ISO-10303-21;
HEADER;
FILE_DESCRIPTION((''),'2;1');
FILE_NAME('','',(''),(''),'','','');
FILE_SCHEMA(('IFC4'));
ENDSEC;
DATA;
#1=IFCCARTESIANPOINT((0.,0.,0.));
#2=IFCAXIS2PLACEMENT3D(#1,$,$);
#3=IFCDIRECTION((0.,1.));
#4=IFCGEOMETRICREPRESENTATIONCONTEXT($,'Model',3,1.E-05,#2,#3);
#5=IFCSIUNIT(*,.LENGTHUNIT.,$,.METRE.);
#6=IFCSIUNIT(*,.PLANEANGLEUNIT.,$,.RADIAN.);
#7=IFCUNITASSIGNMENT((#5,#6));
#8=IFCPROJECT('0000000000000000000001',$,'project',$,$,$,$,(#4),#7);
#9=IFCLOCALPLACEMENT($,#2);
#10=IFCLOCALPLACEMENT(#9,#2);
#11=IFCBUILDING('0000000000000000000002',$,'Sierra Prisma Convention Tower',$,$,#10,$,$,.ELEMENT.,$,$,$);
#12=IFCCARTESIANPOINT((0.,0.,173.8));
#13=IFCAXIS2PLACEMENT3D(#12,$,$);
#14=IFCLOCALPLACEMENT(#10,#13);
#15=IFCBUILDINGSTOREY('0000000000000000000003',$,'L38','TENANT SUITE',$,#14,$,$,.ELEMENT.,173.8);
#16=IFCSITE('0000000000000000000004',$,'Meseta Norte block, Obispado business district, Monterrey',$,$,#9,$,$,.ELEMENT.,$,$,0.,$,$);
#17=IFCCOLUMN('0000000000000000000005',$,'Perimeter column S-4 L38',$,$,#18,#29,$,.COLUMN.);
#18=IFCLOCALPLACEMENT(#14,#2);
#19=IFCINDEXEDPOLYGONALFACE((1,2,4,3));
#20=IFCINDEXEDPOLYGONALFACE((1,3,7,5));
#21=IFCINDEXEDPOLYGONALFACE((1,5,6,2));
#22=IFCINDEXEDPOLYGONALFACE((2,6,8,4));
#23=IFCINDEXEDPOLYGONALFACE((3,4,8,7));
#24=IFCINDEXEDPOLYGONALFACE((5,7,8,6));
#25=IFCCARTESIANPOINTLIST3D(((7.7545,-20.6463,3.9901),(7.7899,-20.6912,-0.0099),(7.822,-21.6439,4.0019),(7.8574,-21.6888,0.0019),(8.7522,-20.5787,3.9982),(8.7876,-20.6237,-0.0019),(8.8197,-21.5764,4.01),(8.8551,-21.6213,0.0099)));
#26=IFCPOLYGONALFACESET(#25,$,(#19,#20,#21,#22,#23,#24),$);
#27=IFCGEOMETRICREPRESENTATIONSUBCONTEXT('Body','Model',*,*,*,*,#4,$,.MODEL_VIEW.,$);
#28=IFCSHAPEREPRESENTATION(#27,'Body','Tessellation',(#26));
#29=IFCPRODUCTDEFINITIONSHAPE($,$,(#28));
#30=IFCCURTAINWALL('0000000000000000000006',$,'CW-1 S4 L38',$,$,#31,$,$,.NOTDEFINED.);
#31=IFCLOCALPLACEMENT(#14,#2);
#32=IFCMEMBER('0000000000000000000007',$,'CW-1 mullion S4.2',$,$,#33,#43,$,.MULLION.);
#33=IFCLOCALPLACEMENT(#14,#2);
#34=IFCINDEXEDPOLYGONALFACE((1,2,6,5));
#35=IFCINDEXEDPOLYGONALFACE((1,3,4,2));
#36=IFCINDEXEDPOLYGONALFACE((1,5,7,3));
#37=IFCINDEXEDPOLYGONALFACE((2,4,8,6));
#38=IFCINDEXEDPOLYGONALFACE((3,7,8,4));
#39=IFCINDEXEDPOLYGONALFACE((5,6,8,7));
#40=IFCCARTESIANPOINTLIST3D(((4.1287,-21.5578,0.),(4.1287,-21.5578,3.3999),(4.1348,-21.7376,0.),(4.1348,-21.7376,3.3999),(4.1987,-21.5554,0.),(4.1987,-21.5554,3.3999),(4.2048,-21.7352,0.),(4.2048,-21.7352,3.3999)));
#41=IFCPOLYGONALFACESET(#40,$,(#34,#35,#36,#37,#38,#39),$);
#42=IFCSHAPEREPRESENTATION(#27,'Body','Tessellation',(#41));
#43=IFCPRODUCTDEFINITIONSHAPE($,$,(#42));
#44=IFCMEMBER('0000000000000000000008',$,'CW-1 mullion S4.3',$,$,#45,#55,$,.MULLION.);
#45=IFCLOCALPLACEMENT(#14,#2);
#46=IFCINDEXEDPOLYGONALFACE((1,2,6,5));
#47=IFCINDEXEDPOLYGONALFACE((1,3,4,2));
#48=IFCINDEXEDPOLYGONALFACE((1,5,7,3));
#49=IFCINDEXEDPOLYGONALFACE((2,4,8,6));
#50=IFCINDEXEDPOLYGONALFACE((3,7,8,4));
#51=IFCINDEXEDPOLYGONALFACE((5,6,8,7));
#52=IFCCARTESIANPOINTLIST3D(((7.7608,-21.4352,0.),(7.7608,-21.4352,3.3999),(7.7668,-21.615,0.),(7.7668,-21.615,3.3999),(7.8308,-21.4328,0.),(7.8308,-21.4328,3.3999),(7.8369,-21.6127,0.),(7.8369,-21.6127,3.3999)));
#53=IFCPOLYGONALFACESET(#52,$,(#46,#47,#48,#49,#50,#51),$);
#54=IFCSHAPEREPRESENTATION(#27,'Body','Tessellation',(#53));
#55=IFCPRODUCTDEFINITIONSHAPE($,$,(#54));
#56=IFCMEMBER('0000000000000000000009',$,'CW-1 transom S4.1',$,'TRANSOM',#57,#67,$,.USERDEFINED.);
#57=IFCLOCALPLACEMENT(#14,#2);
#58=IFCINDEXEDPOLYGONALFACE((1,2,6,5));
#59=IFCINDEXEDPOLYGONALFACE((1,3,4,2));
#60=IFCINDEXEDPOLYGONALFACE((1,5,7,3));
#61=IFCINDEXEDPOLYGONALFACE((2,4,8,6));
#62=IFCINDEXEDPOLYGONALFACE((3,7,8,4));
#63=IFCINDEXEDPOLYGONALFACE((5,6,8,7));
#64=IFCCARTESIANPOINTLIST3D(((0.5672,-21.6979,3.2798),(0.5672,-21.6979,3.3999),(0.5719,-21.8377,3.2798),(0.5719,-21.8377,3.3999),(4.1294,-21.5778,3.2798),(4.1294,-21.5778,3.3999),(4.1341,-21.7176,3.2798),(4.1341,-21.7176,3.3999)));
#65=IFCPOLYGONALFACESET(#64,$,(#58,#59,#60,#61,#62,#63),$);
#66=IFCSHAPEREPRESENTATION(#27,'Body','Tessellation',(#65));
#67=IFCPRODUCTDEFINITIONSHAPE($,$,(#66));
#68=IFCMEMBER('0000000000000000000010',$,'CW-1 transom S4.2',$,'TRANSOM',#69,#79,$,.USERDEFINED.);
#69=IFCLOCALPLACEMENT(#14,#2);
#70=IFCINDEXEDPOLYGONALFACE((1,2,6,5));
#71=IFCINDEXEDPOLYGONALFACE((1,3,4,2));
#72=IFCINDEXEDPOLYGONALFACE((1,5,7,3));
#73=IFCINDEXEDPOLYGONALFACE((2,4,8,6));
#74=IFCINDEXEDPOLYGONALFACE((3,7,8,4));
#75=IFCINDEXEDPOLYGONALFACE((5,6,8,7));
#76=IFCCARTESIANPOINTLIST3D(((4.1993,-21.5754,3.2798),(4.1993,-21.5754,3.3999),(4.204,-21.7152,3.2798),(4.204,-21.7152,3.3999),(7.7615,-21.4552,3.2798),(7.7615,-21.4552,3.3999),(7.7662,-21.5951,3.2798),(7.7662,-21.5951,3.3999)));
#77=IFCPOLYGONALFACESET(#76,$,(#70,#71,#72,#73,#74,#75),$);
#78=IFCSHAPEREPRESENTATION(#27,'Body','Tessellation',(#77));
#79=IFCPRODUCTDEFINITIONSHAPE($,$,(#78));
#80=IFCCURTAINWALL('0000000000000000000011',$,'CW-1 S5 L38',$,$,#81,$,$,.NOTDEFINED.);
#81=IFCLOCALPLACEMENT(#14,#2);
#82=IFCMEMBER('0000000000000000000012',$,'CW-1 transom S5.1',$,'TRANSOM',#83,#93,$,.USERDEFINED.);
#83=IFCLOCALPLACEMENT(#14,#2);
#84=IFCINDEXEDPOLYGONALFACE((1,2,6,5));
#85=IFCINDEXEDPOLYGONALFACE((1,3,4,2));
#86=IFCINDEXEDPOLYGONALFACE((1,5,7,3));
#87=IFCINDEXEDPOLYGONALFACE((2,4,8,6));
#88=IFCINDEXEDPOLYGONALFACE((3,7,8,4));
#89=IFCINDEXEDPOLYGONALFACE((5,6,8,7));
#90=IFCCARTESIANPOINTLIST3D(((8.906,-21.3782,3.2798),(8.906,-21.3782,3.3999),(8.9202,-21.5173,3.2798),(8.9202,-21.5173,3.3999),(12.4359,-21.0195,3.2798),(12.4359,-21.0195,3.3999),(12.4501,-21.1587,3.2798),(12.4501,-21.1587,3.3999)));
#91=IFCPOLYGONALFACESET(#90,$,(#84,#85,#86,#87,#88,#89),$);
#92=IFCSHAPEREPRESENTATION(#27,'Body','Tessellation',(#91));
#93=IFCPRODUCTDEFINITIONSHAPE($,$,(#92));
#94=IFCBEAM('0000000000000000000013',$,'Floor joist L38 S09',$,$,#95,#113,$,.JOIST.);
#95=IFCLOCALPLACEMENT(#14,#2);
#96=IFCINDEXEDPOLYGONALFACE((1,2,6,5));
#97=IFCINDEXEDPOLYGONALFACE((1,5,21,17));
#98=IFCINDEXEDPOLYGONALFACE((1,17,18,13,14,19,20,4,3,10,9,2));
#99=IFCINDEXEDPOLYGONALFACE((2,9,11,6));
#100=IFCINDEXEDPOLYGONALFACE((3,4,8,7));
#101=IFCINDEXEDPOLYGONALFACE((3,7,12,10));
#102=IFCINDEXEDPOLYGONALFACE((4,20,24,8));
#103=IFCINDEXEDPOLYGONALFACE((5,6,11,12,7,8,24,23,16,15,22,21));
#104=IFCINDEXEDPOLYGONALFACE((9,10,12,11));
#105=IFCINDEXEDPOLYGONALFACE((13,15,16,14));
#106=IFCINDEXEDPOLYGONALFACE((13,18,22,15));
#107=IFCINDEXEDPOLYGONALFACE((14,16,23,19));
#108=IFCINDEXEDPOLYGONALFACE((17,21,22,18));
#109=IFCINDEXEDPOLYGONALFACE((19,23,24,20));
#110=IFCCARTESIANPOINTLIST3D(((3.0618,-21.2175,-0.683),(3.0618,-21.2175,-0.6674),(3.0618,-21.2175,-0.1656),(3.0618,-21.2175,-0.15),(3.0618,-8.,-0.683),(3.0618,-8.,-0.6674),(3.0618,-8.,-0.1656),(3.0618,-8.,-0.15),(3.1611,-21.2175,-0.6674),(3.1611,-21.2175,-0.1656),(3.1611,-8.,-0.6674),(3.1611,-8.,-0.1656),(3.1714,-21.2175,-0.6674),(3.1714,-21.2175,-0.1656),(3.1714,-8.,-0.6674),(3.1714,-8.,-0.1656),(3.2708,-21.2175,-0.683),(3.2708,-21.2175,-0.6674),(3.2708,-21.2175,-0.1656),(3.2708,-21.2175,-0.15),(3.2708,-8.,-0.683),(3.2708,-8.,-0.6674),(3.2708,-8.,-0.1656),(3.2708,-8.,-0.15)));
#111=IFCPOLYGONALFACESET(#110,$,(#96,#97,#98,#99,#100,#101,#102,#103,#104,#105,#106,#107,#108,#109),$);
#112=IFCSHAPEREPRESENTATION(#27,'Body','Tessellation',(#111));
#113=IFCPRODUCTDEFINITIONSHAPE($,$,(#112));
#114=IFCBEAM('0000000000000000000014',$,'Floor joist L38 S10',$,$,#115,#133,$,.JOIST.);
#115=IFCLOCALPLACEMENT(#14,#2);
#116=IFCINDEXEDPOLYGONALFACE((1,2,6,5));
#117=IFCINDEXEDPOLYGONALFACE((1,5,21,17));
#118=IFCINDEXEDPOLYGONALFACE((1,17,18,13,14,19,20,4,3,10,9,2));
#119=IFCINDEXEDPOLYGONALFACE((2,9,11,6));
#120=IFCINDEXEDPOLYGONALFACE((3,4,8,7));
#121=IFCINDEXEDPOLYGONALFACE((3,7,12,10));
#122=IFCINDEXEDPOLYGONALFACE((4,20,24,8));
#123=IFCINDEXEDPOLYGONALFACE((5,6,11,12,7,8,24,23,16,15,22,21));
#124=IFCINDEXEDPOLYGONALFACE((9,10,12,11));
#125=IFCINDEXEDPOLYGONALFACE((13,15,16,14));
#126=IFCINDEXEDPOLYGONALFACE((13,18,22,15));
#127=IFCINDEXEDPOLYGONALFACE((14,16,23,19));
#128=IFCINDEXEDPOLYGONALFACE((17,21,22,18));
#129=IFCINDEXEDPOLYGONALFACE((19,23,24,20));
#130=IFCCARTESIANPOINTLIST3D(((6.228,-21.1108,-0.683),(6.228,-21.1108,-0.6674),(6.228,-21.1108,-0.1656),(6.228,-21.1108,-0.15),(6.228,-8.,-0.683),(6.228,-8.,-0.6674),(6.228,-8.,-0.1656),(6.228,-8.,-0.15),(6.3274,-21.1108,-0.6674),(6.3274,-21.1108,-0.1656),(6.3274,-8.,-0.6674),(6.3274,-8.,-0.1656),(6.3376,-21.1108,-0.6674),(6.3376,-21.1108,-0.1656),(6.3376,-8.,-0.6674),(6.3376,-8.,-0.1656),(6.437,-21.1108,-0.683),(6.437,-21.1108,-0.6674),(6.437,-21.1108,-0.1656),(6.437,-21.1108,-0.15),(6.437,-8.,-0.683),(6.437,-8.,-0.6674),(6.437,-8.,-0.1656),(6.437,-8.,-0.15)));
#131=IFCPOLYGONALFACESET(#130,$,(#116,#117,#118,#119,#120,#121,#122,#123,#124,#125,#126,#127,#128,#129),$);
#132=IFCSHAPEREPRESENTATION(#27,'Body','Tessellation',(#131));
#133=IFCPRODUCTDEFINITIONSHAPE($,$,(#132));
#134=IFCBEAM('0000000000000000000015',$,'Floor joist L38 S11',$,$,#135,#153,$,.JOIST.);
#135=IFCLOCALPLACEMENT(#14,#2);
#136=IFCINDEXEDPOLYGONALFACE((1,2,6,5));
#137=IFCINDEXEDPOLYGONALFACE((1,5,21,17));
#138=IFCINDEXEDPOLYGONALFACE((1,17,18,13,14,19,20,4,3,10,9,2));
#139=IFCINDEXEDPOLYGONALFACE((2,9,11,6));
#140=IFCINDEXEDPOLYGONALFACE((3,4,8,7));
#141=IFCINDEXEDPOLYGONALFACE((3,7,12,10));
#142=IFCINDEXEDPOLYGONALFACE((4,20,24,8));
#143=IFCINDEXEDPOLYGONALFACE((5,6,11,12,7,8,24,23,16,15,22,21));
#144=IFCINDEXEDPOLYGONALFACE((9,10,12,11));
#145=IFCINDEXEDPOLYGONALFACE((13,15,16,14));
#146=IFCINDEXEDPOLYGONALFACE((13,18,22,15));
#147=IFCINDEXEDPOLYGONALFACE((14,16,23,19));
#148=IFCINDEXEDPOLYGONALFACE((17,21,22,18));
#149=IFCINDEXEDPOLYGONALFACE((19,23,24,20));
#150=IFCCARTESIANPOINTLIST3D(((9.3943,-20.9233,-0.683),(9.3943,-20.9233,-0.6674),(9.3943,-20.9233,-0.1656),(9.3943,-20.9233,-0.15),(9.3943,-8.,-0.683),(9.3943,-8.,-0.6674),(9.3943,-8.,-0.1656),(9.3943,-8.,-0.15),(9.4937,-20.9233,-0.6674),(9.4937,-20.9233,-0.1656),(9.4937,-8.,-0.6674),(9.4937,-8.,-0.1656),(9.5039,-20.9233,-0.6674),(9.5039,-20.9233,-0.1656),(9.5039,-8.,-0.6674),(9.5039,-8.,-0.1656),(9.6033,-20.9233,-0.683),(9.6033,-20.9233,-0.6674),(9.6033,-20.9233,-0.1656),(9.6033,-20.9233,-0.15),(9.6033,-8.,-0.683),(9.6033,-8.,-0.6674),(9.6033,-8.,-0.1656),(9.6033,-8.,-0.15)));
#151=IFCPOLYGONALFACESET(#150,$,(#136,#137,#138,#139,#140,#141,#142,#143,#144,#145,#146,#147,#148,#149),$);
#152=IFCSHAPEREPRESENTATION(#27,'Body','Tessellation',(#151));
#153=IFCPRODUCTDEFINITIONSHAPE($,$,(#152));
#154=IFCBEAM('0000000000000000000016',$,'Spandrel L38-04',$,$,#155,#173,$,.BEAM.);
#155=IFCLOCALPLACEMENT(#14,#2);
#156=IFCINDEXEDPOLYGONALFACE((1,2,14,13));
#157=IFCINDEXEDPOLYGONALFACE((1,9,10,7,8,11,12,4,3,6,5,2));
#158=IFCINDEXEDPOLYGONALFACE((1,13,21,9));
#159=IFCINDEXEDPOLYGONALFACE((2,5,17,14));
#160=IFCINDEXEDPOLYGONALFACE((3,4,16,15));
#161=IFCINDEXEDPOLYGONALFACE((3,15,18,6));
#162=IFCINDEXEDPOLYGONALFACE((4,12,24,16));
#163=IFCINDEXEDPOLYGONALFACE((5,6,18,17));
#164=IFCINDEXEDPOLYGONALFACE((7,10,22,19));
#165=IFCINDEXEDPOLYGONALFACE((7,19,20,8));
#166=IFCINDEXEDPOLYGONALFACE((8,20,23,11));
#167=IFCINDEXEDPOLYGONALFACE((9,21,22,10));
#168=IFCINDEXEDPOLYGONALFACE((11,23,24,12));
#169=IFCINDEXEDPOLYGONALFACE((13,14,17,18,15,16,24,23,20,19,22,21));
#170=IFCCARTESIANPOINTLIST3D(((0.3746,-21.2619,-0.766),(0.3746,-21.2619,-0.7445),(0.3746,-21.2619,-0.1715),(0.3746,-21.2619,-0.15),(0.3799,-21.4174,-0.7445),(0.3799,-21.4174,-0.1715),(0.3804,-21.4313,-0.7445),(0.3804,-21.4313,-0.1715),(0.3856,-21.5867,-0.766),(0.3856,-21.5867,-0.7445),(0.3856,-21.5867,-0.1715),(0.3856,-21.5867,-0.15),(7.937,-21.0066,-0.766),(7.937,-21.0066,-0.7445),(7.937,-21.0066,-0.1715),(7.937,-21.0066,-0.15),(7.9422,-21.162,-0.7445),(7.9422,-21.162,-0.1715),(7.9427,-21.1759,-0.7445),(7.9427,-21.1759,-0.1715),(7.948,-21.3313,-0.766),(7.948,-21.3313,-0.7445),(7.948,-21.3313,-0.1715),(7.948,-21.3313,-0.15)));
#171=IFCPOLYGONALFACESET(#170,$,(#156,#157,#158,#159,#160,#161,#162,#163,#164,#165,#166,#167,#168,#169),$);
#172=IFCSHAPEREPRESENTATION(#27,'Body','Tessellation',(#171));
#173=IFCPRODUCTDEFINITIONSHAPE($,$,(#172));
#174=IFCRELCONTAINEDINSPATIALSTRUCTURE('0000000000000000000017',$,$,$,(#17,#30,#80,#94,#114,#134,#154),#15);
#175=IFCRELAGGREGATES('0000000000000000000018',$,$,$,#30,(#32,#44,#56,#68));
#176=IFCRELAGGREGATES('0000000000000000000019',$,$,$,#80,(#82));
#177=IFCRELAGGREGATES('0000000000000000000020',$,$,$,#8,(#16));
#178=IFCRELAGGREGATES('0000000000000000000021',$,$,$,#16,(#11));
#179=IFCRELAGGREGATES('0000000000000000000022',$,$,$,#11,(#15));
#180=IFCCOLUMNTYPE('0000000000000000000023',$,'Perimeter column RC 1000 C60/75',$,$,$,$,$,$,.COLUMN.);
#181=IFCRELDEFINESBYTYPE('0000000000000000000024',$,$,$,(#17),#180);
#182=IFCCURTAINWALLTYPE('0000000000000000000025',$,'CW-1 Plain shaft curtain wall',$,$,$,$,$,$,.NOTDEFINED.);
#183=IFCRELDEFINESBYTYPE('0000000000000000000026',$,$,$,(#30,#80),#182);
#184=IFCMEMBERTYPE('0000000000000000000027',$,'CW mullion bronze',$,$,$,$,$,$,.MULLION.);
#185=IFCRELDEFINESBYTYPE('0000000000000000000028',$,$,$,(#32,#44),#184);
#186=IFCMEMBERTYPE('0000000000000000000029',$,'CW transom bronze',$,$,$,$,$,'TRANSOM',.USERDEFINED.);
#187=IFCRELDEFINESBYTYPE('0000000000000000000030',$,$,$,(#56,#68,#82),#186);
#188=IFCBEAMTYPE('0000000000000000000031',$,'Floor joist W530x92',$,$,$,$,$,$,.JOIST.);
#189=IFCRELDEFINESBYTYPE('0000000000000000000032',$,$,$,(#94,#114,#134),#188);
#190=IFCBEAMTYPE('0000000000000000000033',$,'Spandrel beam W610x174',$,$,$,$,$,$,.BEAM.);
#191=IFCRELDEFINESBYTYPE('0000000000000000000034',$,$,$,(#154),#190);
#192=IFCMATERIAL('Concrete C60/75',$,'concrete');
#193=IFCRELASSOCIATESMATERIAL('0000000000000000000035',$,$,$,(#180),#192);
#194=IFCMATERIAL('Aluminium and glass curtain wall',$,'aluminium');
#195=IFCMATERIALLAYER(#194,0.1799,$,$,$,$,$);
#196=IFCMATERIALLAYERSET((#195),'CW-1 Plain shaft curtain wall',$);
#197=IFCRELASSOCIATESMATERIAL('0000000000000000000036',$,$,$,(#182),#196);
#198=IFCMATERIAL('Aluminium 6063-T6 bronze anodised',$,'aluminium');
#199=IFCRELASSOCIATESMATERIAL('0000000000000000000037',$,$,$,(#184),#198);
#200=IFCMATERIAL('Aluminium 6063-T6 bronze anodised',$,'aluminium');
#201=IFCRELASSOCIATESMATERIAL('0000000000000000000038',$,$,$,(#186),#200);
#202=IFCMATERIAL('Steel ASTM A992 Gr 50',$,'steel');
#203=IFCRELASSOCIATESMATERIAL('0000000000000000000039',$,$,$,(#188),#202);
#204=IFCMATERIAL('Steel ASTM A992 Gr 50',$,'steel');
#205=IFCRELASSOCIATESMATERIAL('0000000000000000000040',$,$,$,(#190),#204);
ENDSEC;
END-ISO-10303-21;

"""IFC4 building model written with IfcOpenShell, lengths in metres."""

from ifc_helpers import new_model, si_unit, direction, frame, origin, origin_2d, place, context, subcontext, project, spatial, rectangle, i_section, extrude, material, layer, layer_set, material_profile, profile_set, type_object, element, aggregate, save


model = new_model("IFC4")

# Units and contexts
model_context = context("Model", 3, precision=1e-05, world=origin(), true_north=direction((0.0, 1.0)))
body_context = subcontext(model_context, "Body", "Model", "MODEL_VIEW")
ifc_project = project(units=[si_unit("LENGTHUNIT", "METRE"), si_unit("PLANEANGLEUNIT", "RADIAN")], contexts=[model_context])

# Site, building, storey
site_placement = place(None, origin())
site = spatial("IfcSite", under=ifc_project, at=site_placement, Name="Meseta Norte block, Obispado business district, Monterrey", CompositionType="ELEMENT", RefElevation=0.0)
building_placement = place(site_placement, origin())
building = spatial("IfcBuilding", under=site, at=building_placement, Name="Sierra Prisma Convention Tower", CompositionType="ELEMENT")
storey_placement = place(building_placement, frame((0.0, 0.0, 173.8)))
storey = spatial("IfcBuildingStorey", under=building, at=storey_placement, Name="L38", Description="TENANT SUITE", CompositionType="ELEMENT", Elevation=173.8)

# Column
ifc_material_1 = material(Name="Concrete C60/75", Category="concrete")
ifc_material_profile_1 = material_profile(ifc_material_1, rectangle(XDim=1.0, YDim=1.0, at=origin_2d()), Name="Perimeter column RC 1000 C60/75")
ifc_profile_set_1 = profile_set([ifc_material_profile_1], Name="Concrete C60/75")
column_type = type_object("IfcColumnType", Name="Perimeter column RC 1000 C60/75", PredefinedType="COLUMN", material=ifc_profile_set_1)
column_placement = place(storey_placement, frame((8.3225, -21.1562, 0.0), z_axis=(-0.008849, 0.011229, 0.999898), x_axis=(0.997684, 0.067537, 0.008071)))
element("IfcColumn", 1, at=column_placement, inside=storey, type_object=column_type, Name="Perimeter column S-4 L38", PredefinedType="COLUMN", context=body_context, shape_type="SweptSolid", body=[
    extrude(rectangle(XDim=1.0, YDim=1.0, at=origin_2d()), origin(), (0.0, 0.0, 1.0), 4.0005),
])

# Curtain wall, members
ifc_material_2 = material(Name="Aluminium and glass curtain wall", Category="aluminium")
ifc_layer_1 = layer(ifc_material_2, 0.1799)
ifc_layer_set_1 = layer_set([ifc_layer_1], Name="CW-1 Plain shaft curtain wall")
curtain_wall_type = type_object("IfcCurtainWallType", Name="CW-1 Plain shaft curtain wall", PredefinedType="NOTDEFINED", material=ifc_layer_set_1)
curtain_wall_1_placement = place(storey_placement, origin())
curtain_wall_1 = element("IfcCurtainWall", 2, at=curtain_wall_1_placement, inside=storey, type_object=curtain_wall_type, Name="CW-1 S4 L38", PredefinedType="NOTDEFINED")
ifc_material_3 = material(Name="Aluminium 6063-T6 bronze anodised", Category="aluminium")
ifc_material_profile_2 = material_profile(ifc_material_3, rectangle(XDim=0.1799, YDim=0.0701, at=origin_2d()), Name="ALU MULLION 70x180")
ifc_profile_set_2 = profile_set([ifc_material_profile_2], Name="Aluminium 6063-T6 bronze anodised")
member_type_1 = type_object("IfcMemberType", Name="CW mullion bronze", PredefinedType="MULLION", material=ifc_profile_set_2)
member_1_placement = place(storey_placement, frame((4.1667, -21.6465, 0.0), z_axis=(0.0, 0.0, 1.0), x_axis=(-0.03374, 0.999431, 0.0)))
member_1 = element("IfcMember", 3, at=member_1_placement, type_object=member_type_1, Name="CW-1 mullion S4.2", PredefinedType="MULLION", context=body_context, shape_type="SweptSolid", body=[
    extrude(rectangle(XDim=0.1799, YDim=0.0701, at=origin_2d()), origin(), (0.0, 0.0, 1.0), 3.3999),
])
member_2_placement = place(storey_placement, frame((7.7988, -21.5239, 0.0), z_axis=(0.0, 0.0, 1.0), x_axis=(-0.03374, 0.999431, 0.0)))
member_2 = element("IfcMember", 4, at=member_2_placement, type_object=member_type_1, Name="CW-1 mullion S4.3", PredefinedType="MULLION", context=body_context, shape_type="SweptSolid", body=[
    extrude(rectangle(XDim=0.1799, YDim=0.0701, at=origin_2d()), origin(), (0.0, 0.0, 1.0), 3.3999),
])
ifc_material_4 = material(Name="Aluminium 6063-T6 bronze anodised", Category="aluminium")
ifc_material_profile_3 = material_profile(ifc_material_4, rectangle(XDim=0.1399, YDim=0.1201, at=origin_2d()), Name="ALU TRANSOM 120x140")
ifc_profile_set_3 = profile_set([ifc_material_profile_3], Name="Aluminium 6063-T6 bronze anodised")
member_type_2 = type_object("IfcMemberType", Name="CW transom bronze", ElementType="TRANSOM", PredefinedType="USERDEFINED", material=ifc_profile_set_3)
member_3_placement = place(storey_placement, frame((0.5696, -21.7678, 3.3398), z_axis=(0.999432, 0.0337, 0.0), x_axis=(-0.0337, 0.999432, 0.0)))
member_3 = element("IfcMember", 5, at=member_3_placement, type_object=member_type_2, Name="CW-1 transom S4.1", ObjectType="TRANSOM", PredefinedType="USERDEFINED", context=body_context, shape_type="SweptSolid", body=[
    extrude(rectangle(XDim=0.1399, YDim=0.1201, at=origin_2d()), origin(), (0.0, 0.0, 1.0), 3.5642),
])
member_4_placement = place(storey_placement, frame((4.2017, -21.6453, 3.3398), z_axis=(0.999432, 0.0337, 0.0), x_axis=(-0.0337, 0.999432, 0.0)))
member_4 = element("IfcMember", 6, at=member_4_placement, type_object=member_type_2, Name="CW-1 transom S4.2", ObjectType="TRANSOM", PredefinedType="USERDEFINED", context=body_context, shape_type="SweptSolid", body=[
    extrude(rectangle(XDim=0.1399, YDim=0.1201, at=origin_2d()), origin(), (0.0, 0.0, 1.0), 3.5642),
])

# Curtain wall, member
curtain_wall_2_placement = place(storey_placement, origin())
curtain_wall_2 = element("IfcCurtainWall", 7, at=curtain_wall_2_placement, inside=storey, type_object=curtain_wall_type, Name="CW-1 S5 L38", PredefinedType="NOTDEFINED")
member_5_placement = place(storey_placement, frame((8.9131, -21.4478, 3.3398), z_axis=(0.994879, 0.101077, 0.0), x_axis=(-0.101077, 0.994879, 0.0)))
member_5 = element("IfcMember", 8, at=member_5_placement, type_object=member_type_2, Name="CW-1 transom S5.1", ObjectType="TRANSOM", PredefinedType="USERDEFINED", context=body_context, shape_type="SweptSolid", body=[
    extrude(rectangle(XDim=0.1399, YDim=0.1201, at=origin_2d()), origin(), (0.0, 0.0, 1.0), 3.5481),
])

# Beams
ifc_material_5 = material(Name="Steel ASTM A992 Gr 50", Category="steel")
ifc_material_profile_4 = material_profile(ifc_material_5, i_section(OverallWidth=0.209, OverallDepth=0.533, WebThickness=0.0103, FlangeThickness=0.0156, at=origin_2d()), Name="W530x92")
ifc_profile_set_4 = profile_set([ifc_material_profile_4], Name="Steel ASTM A992 Gr 50")
beam_type_1 = type_object("IfcBeamType", Name="Floor joist W530x92", PredefinedType="JOIST", material=ifc_profile_set_4)
beam_1_placement = place(storey_placement, frame((3.1663, -21.2175, -0.4165), z_axis=(0.0, 1.0, 0.0), x_axis=(-1.0, 0.0, 0.0)))
element("IfcBeam", 9, at=beam_1_placement, inside=storey, type_object=beam_type_1, Name="Floor joist L38 S09", PredefinedType="JOIST", context=body_context, shape_type="SweptSolid", body=[
    extrude(i_section(OverallWidth=0.209, OverallDepth=0.533, WebThickness=0.0103, FlangeThickness=0.0156, at=origin_2d()), origin(), (0.0, 0.0, 1.0), 13.2175),
])
beam_2_placement = place(storey_placement, frame((6.3325, -21.1108, -0.4165), z_axis=(0.0, 1.0, 0.0), x_axis=(-1.0, 0.0, 0.0)))
element("IfcBeam", 10, at=beam_2_placement, inside=storey, type_object=beam_type_1, Name="Floor joist L38 S10", PredefinedType="JOIST", context=body_context, shape_type="SweptSolid", body=[
    extrude(i_section(OverallWidth=0.209, OverallDepth=0.533, WebThickness=0.0103, FlangeThickness=0.0156, at=origin_2d()), origin(), (0.0, 0.0, 1.0), 13.1108),
])
beam_3_placement = place(storey_placement, frame((9.4988, -20.9233, -0.4165), z_axis=(0.0, 1.0, 0.0), x_axis=(-1.0, 0.0, 0.0)))
element("IfcBeam", 11, at=beam_3_placement, inside=storey, type_object=beam_type_1, Name="Floor joist L38 S11", PredefinedType="JOIST", context=body_context, shape_type="SweptSolid", body=[
    extrude(i_section(OverallWidth=0.209, OverallDepth=0.533, WebThickness=0.0103, FlangeThickness=0.0156, at=origin_2d()), origin(), (0.0, 0.0, 1.0), 12.9233),
])
ifc_material_6 = material(Name="Steel ASTM A992 Gr 50", Category="steel")
ifc_material_profile_5 = material_profile(ifc_material_6, i_section(OverallWidth=0.325, OverallDepth=0.616, WebThickness=0.0139, FlangeThickness=0.0215, at=origin_2d()), Name="W610x174")
ifc_profile_set_5 = profile_set([ifc_material_profile_5], Name="Steel ASTM A992 Gr 50")
beam_type_2 = type_object("IfcBeamType", Name="Spandrel beam W610x174", PredefinedType="BEAM", material=ifc_profile_set_5)
beam_4_placement = place(storey_placement, frame((0.3801, -21.4243, -0.458), z_axis=(0.99943, 0.03375, 0.0), x_axis=(-0.03375, 0.99943, 0.0)))
element("IfcBeam", 12, at=beam_4_placement, inside=storey, type_object=beam_type_2, Name="Spandrel L38-04", PredefinedType="BEAM", context=body_context, shape_type="SweptSolid", body=[
    extrude(i_section(OverallWidth=0.325, OverallDepth=0.616, WebThickness=0.0139, FlangeThickness=0.0215, at=origin_2d()), origin(), (0.0, 0.0, 1.0), 7.5667),
])

aggregate(curtain_wall_1, [member_1, member_2, member_3, member_4])
aggregate(curtain_wall_2, [member_5])

save(model, "model.ifc")
